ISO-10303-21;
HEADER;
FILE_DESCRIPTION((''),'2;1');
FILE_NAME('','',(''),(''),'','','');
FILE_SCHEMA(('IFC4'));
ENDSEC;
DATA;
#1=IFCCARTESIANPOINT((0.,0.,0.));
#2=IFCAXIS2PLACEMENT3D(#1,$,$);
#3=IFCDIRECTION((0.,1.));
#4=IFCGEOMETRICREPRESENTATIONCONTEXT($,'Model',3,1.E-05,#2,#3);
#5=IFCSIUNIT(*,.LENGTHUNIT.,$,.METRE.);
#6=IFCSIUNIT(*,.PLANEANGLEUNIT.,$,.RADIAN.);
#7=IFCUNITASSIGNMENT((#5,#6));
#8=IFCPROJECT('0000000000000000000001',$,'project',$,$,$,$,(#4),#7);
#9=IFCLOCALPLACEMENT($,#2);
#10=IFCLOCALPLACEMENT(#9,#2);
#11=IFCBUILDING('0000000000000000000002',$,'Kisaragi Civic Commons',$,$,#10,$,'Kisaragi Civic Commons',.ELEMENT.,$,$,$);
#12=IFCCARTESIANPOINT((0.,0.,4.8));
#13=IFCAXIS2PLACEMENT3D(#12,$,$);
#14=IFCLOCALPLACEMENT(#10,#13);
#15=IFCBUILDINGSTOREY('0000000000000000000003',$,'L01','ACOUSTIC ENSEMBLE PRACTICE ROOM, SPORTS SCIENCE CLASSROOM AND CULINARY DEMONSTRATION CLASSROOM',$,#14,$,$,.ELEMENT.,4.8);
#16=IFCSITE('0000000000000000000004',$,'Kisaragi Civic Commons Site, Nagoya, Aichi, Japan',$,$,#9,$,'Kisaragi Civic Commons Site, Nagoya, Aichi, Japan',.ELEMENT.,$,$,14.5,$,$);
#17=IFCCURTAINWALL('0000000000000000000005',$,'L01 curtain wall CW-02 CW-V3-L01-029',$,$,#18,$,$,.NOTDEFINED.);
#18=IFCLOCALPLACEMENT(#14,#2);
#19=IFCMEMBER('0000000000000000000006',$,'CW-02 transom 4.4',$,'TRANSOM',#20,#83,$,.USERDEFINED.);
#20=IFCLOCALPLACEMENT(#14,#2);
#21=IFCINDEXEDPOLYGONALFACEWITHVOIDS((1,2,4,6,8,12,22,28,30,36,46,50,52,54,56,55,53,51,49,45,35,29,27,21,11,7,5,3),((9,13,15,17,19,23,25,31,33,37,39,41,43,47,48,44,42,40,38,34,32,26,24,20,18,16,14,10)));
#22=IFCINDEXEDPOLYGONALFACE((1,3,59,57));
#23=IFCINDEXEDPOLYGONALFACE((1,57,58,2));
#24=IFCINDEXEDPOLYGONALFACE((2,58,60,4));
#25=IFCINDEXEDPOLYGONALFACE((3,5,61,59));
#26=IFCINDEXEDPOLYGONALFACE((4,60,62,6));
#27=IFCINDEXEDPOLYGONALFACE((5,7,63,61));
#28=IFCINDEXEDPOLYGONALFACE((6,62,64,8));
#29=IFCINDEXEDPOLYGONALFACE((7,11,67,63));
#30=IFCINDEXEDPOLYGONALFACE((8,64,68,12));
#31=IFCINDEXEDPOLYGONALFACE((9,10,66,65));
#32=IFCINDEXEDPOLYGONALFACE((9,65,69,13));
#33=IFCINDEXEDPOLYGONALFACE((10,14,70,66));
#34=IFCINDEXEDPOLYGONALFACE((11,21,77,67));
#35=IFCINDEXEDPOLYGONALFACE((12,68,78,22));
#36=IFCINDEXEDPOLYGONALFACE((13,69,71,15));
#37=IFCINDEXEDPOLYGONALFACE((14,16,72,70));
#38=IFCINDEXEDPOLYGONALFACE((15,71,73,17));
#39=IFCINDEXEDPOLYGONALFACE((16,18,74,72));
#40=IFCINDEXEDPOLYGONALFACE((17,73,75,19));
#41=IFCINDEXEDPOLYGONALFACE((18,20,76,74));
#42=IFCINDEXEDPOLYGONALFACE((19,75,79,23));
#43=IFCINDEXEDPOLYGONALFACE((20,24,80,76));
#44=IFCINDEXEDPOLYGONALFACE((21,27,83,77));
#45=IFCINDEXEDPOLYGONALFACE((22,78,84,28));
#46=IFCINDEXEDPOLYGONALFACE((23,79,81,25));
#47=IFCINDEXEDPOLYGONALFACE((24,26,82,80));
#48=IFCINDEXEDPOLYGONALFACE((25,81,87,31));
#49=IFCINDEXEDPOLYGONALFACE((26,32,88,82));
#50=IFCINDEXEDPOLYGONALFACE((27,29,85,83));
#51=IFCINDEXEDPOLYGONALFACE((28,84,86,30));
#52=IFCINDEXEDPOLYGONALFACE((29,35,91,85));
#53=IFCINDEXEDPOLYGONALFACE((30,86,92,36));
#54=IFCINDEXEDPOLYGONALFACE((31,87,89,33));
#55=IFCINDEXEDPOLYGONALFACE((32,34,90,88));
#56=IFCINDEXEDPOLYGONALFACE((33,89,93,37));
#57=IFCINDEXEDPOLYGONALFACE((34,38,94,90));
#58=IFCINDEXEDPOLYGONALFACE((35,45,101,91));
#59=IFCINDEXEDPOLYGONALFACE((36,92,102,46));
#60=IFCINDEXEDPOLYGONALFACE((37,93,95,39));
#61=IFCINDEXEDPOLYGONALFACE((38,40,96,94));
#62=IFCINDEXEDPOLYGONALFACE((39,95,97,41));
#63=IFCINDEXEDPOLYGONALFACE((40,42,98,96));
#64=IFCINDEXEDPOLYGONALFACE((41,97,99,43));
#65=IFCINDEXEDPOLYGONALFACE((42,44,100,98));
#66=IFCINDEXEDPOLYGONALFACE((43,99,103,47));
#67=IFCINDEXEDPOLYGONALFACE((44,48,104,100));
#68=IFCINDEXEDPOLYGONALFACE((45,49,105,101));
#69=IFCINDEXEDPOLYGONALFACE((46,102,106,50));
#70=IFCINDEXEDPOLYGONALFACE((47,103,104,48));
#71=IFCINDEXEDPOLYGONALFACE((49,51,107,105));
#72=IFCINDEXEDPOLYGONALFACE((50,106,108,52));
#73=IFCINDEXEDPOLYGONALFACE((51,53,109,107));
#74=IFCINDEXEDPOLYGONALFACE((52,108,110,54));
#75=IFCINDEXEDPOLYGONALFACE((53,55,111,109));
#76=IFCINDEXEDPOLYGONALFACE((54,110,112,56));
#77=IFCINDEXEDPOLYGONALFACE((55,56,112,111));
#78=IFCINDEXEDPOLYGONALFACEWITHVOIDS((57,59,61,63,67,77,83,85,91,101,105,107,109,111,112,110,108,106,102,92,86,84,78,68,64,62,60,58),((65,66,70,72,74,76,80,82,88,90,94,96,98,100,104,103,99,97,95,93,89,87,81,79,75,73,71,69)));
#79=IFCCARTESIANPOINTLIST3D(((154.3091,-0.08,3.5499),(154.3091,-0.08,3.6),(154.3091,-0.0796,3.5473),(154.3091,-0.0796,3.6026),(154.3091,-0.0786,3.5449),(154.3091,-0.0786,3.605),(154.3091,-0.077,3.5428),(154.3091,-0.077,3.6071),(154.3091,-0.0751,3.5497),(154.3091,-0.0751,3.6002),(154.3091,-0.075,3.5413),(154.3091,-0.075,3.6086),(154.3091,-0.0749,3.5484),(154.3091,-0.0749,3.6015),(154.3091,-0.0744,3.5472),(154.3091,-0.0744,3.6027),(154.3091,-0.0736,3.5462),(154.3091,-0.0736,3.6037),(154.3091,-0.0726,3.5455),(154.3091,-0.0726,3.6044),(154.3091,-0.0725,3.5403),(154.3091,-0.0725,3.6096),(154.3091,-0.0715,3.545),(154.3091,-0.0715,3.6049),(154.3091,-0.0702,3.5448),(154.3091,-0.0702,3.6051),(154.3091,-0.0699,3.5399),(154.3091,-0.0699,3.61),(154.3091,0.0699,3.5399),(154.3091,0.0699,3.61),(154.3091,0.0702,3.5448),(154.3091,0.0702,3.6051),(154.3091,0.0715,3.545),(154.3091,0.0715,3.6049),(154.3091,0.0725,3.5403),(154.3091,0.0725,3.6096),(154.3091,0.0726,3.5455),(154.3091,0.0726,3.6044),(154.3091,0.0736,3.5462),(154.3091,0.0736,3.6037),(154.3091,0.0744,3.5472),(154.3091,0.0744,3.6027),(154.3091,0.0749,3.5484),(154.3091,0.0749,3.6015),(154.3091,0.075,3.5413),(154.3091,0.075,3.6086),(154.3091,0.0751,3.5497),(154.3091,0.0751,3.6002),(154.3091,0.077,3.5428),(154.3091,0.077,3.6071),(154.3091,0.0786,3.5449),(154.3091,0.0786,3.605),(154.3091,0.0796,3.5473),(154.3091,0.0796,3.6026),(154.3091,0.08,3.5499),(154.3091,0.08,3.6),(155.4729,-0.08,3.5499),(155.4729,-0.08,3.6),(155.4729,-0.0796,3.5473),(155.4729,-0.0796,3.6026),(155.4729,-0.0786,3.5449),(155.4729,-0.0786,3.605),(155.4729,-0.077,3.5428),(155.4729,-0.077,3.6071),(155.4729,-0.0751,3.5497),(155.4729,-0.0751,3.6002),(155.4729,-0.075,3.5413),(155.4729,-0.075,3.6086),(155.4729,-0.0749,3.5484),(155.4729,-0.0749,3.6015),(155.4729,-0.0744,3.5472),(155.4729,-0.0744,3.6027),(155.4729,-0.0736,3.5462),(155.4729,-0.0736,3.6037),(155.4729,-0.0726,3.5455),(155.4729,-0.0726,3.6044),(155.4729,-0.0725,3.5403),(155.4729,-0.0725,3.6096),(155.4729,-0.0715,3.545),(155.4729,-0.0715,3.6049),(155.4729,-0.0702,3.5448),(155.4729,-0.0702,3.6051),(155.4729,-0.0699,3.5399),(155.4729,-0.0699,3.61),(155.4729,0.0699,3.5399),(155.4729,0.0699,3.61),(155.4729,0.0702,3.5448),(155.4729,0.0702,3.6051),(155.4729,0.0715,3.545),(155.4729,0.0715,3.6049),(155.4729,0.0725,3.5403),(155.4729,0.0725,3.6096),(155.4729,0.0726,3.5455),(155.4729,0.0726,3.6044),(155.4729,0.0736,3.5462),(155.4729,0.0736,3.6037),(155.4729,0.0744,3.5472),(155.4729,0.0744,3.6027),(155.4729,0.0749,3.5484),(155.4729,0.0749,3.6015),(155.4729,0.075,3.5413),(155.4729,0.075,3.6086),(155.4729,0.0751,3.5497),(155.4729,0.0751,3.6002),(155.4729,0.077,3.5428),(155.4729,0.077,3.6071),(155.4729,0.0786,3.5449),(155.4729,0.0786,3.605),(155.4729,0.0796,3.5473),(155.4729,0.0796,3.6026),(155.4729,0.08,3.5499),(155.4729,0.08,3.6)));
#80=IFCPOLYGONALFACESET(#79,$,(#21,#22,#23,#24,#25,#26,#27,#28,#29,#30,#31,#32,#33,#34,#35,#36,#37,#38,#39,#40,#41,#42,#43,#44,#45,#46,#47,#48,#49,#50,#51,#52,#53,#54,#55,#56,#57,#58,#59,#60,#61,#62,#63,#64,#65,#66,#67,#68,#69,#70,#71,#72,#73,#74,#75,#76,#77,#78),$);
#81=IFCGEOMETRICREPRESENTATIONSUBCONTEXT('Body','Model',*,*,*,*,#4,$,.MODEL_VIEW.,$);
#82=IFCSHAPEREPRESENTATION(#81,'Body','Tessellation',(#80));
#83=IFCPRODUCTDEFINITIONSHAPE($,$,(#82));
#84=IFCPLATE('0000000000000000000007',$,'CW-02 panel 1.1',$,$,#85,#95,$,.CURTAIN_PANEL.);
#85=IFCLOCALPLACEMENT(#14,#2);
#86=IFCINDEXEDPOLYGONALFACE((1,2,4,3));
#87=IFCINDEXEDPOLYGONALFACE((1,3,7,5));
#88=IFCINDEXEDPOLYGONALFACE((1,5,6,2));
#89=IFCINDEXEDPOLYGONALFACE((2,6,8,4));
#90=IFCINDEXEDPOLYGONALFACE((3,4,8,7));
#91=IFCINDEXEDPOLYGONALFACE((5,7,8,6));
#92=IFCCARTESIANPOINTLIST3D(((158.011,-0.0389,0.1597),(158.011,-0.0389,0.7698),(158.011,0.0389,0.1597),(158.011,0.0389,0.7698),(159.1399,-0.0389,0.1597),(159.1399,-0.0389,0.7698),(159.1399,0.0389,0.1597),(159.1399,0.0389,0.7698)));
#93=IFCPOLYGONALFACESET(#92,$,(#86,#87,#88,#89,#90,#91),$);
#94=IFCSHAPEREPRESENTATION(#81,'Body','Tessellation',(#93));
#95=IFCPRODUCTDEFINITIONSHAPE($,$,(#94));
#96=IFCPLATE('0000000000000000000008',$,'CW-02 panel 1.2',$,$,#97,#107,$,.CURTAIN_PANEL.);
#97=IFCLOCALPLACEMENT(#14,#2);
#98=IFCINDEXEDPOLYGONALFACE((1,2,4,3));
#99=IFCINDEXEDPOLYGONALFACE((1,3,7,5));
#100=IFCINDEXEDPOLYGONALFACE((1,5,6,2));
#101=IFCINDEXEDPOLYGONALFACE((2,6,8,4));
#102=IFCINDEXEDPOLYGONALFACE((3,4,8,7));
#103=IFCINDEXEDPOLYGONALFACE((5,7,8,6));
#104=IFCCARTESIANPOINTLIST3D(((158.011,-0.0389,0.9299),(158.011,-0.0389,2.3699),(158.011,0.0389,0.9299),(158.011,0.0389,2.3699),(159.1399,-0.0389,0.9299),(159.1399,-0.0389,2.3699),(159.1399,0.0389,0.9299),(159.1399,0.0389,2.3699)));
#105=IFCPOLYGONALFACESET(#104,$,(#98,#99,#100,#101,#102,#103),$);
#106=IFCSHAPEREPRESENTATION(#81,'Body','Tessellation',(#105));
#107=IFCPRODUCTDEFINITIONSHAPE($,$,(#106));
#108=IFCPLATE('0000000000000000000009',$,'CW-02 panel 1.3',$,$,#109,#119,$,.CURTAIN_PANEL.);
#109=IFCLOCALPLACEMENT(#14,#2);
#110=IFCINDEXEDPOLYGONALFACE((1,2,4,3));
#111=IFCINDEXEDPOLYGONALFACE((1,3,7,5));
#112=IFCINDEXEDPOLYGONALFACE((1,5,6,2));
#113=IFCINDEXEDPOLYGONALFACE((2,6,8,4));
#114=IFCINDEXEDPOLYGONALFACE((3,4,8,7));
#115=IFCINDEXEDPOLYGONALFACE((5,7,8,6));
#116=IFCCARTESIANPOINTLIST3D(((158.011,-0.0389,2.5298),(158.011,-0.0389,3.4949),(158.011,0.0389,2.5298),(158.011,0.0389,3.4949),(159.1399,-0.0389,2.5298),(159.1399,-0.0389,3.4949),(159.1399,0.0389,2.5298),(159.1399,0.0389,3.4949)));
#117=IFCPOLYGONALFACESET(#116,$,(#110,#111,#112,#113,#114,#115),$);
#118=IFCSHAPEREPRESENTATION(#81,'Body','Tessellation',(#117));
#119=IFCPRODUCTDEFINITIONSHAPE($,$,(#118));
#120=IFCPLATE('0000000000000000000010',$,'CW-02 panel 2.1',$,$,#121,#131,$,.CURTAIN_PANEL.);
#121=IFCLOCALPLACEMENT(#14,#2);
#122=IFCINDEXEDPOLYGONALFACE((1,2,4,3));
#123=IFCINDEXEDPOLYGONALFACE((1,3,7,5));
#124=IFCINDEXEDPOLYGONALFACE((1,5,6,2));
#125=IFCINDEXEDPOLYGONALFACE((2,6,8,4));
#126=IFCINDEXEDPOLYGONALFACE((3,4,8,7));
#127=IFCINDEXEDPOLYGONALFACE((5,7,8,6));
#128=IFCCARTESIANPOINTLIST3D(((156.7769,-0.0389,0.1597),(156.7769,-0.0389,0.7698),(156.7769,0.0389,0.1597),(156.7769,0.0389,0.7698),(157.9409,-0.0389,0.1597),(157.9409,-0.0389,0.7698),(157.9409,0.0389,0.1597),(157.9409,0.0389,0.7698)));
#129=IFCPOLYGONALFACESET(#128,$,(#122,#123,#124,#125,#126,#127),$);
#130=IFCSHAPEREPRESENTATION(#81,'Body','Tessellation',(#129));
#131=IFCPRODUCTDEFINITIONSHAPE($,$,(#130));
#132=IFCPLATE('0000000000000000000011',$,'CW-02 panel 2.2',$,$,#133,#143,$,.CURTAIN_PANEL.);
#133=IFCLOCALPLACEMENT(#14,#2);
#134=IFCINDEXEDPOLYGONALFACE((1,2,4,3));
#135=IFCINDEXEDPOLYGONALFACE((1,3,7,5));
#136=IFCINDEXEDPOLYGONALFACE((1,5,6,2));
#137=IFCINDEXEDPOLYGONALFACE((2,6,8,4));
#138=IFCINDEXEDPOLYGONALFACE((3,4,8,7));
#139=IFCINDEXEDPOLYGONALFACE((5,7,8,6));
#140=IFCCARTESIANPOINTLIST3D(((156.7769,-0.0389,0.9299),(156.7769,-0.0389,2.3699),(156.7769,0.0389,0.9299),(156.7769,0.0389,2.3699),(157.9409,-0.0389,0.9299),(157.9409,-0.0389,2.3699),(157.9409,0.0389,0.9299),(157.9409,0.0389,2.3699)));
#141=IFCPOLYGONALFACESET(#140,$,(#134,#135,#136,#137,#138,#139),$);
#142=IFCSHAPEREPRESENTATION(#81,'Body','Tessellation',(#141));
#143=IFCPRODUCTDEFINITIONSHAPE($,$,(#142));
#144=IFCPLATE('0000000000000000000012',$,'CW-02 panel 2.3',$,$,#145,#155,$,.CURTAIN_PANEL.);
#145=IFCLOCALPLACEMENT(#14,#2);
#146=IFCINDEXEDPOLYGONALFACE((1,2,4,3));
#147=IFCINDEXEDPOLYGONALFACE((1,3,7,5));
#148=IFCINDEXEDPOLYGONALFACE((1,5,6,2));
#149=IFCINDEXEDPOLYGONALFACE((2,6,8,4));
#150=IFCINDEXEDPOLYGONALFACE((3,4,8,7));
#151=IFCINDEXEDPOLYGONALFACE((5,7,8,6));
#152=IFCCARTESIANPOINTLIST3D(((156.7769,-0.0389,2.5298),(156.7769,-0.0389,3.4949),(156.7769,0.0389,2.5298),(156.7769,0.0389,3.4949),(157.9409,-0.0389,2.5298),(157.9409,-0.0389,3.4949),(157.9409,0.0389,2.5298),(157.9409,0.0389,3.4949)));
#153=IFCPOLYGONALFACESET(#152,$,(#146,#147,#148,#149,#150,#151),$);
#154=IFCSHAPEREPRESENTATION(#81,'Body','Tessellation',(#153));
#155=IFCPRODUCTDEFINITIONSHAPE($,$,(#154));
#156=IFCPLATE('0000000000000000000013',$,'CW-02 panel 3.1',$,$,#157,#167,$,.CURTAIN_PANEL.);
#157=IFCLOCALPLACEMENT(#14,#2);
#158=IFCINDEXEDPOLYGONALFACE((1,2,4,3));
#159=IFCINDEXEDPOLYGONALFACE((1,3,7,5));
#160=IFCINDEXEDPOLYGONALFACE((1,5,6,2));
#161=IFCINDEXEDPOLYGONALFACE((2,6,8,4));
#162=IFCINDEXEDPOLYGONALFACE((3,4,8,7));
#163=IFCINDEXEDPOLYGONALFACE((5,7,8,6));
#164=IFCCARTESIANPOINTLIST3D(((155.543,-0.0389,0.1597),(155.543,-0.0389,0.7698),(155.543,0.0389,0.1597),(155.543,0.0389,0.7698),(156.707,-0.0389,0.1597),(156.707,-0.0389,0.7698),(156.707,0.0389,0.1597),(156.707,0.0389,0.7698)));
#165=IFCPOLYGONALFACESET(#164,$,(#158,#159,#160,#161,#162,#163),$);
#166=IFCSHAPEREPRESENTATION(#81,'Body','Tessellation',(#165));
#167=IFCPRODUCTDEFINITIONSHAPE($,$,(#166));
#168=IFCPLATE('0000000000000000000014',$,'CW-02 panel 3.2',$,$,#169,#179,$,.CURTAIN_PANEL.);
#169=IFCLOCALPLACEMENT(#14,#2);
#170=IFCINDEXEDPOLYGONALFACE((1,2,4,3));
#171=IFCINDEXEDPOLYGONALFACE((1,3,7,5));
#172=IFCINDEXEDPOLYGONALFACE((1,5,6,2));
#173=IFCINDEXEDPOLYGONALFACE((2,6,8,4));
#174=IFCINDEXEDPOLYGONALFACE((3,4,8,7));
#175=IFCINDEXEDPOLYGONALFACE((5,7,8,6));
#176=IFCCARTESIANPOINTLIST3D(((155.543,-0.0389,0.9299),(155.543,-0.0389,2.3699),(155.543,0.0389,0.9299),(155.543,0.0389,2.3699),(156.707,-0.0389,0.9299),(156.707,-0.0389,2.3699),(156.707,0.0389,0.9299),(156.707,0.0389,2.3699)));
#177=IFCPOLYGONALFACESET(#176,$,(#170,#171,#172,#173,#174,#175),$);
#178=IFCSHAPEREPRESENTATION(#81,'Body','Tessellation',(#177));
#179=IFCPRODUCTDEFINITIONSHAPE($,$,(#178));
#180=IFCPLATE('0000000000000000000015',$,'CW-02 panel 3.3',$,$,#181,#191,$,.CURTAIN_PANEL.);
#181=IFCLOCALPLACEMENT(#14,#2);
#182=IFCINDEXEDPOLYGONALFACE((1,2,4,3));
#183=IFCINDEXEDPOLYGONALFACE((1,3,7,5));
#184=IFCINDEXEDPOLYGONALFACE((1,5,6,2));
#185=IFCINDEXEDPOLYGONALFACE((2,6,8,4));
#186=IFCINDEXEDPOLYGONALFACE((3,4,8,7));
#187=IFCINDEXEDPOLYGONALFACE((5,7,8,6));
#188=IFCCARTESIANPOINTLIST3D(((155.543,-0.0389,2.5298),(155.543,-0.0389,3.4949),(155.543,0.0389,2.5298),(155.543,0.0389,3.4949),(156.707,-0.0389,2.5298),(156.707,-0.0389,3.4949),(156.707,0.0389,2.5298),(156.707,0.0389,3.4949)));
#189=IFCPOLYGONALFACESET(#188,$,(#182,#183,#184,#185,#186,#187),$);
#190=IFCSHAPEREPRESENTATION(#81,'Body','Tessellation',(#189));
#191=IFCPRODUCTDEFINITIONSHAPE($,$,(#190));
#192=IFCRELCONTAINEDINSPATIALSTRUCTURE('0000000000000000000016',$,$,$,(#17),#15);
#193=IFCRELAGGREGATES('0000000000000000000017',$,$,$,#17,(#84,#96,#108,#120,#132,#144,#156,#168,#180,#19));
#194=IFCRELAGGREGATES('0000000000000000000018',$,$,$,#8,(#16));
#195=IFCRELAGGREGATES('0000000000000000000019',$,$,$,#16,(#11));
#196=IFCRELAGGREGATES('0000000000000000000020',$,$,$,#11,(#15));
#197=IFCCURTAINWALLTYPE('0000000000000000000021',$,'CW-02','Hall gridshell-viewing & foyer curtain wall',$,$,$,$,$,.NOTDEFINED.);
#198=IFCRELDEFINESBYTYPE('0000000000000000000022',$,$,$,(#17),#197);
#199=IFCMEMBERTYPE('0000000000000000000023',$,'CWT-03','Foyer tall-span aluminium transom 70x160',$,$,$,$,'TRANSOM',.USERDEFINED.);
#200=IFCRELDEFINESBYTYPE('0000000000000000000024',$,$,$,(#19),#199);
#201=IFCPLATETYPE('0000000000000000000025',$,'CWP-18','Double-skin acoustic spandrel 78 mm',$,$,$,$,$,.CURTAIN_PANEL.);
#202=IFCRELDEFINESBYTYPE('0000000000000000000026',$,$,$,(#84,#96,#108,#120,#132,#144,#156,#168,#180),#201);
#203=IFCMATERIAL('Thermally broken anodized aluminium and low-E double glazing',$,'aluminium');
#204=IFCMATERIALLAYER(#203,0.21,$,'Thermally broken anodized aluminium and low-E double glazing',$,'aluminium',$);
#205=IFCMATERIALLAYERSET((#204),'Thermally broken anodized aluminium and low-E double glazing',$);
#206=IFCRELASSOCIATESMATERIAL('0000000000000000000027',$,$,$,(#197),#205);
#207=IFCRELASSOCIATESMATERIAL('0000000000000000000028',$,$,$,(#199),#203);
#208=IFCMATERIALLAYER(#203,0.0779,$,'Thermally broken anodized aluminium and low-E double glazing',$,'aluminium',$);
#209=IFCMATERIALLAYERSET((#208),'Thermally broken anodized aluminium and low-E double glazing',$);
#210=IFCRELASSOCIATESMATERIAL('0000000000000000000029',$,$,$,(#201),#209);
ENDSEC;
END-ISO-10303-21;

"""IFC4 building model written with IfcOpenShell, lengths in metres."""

from ifc_helpers import new_model, si_unit, direction, frame, origin, origin_2d, place, context, subcontext, project, spatial, rectangle, hollow_rectangle, extrude, material, layer, layer_set, material_profile, profile_set, type_object, element, aggregate, save


model = new_model("IFC4")

# Units and contexts
model_context = context("Model", 3, precision=1e-05, world=origin(), true_north=direction((0.0, 1.0)))
body_context = subcontext(model_context, "Body", "Model", "MODEL_VIEW")
ifc_project = project(units=[si_unit("LENGTHUNIT", "METRE"), si_unit("PLANEANGLEUNIT", "RADIAN")], contexts=[model_context])

# Site, building, storey
site_placement = place(None, origin())
site = spatial("IfcSite", under=ifc_project, at=site_placement, Name="Kisaragi Civic Commons Site, Nagoya, Aichi, Japan", LongName="Kisaragi Civic Commons Site, Nagoya, Aichi, Japan", CompositionType="ELEMENT", RefElevation=14.5)
building_placement = place(site_placement, origin())
building = spatial("IfcBuilding", under=site, at=building_placement, Name="Kisaragi Civic Commons", LongName="Kisaragi Civic Commons", CompositionType="ELEMENT")
storey_placement = place(building_placement, frame((0.0, 0.0, 4.8)))
storey = spatial("IfcBuildingStorey", under=building, at=storey_placement, Name="L01", Description="ACOUSTIC ENSEMBLE PRACTICE ROOM, SPORTS SCIENCE CLASSROOM AND CULINARY DEMONSTRATION CLASSROOM", CompositionType="ELEMENT", Elevation=4.8)

# Curtain wall, member, plates
ifc_material = material(Name="Thermally broken anodized aluminium and low-E double glazing", Category="aluminium")
ifc_layer_1 = layer(ifc_material, 0.21, Name="Thermally broken anodized aluminium and low-E double glazing", Category="aluminium")
ifc_layer_set_1 = layer_set([ifc_layer_1], Name="Thermally broken anodized aluminium and low-E double glazing")
curtain_wall_type = type_object("IfcCurtainWallType", Name="CW-02", Description="Hall gridshell-viewing & foyer curtain wall", PredefinedType="NOTDEFINED", material=ifc_layer_set_1)
curtain_wall_placement = place(storey_placement, origin())
curtain_wall = element("IfcCurtainWall", 1, at=curtain_wall_placement, inside=storey, type_object=curtain_wall_type, Name="L01 curtain wall CW-02 CW-V3-L01-029", PredefinedType="NOTDEFINED")
ifc_material_profile_1 = material_profile(ifc_material, hollow_rectangle(XDim=0.1599, YDim=0.0701, WallThickness=0.0049, InnerFilletRadius=0.0049, OuterFilletRadius=0.01, at=origin_2d()), Name="CWT-70x160x5", Category="aluminium")
ifc_profile_set_1 = profile_set([ifc_material_profile_1], Name="Thermally broken anodized aluminium and low-E double glazing")
member_type_1 = type_object("IfcMemberType", Name="CWT-03", Description="Foyer tall-span aluminium transom 70x160", ElementType="TRANSOM", PredefinedType="USERDEFINED", material=ifc_profile_set_1)
member_1_placement = place(storey_placement, frame((155.4729, 0.0, 3.575), z_axis=(-1.0, 0.0, 0.0), x_axis=(0.0, -1.0, 0.0)))
member_1 = element("IfcMember", 2, at=member_1_placement, type_object=member_type_1, Name="CW-02 transom 4.4", ObjectType="TRANSOM", PredefinedType="USERDEFINED", context=body_context, shape_type="SweptSolid", body=[
    extrude(hollow_rectangle(XDim=0.1599, YDim=0.0701, WallThickness=0.0049, InnerFilletRadius=0.0049, OuterFilletRadius=0.01, at=origin_2d()), origin(), (0.0, 0.0, 1.0), 1.1638),
])
ifc_layer_2 = layer(ifc_material, 0.0779, Name="Thermally broken anodized aluminium and low-E double glazing", Category="aluminium")
ifc_layer_set_2 = layer_set([ifc_layer_2], Name="Thermally broken anodized aluminium and low-E double glazing")
plate_type = type_object("IfcPlateType", Name="CWP-18", Description="Double-skin acoustic spandrel 78 mm", PredefinedType="CURTAIN_PANEL", material=ifc_layer_set_2)
plate_1_placement = place(storey_placement, frame((158.5754, 0.0, 0.1597), z_axis=(0.0, 0.0, 1.0), x_axis=(-1.0, 0.0, 0.0)))
plate_1 = element("IfcPlate", 3, at=plate_1_placement, type_object=plate_type, Name="CW-02 panel 1.1", PredefinedType="CURTAIN_PANEL", context=body_context, shape_type="SweptSolid", body=[
    extrude(rectangle(XDim=1.1289, YDim=0.0779, at=origin_2d()), origin(), (0.0, 0.0, 1.0), 0.6101),
])
plate_2_placement = place(storey_placement, frame((158.5754, 0.0, 0.9299), z_axis=(0.0, 0.0, 1.0), x_axis=(-1.0, 0.0, 0.0)))
plate_2 = element("IfcPlate", 4, at=plate_2_placement, type_object=plate_type, Name="CW-02 panel 1.2", PredefinedType="CURTAIN_PANEL", context=body_context, shape_type="SweptSolid", body=[
    extrude(rectangle(XDim=1.1289, YDim=0.0779, at=origin_2d()), origin(), (0.0, 0.0, 1.0), 1.4399),
])
plate_3_placement = place(storey_placement, frame((158.5754, 0.0, 2.5298), z_axis=(0.0, 0.0, 1.0), x_axis=(-1.0, 0.0, 0.0)))
plate_3 = element("IfcPlate", 5, at=plate_3_placement, type_object=plate_type, Name="CW-02 panel 1.3", PredefinedType="CURTAIN_PANEL", context=body_context, shape_type="SweptSolid", body=[
    extrude(rectangle(XDim=1.1289, YDim=0.0779, at=origin_2d()), origin(), (0.0, 0.0, 1.0), 0.9651),
])
plate_4_placement = place(storey_placement, frame((157.3589, 0.0, 0.1597), z_axis=(0.0, 0.0, 1.0), x_axis=(-1.0, 0.0, 0.0)))
plate_4 = element("IfcPlate", 6, at=plate_4_placement, type_object=plate_type, Name="CW-02 panel 2.1", PredefinedType="CURTAIN_PANEL", context=body_context, shape_type="SweptSolid", body=[
    extrude(rectangle(XDim=1.1641, YDim=0.0779, at=origin_2d()), origin(), (0.0, 0.0, 1.0), 0.6101),
])
plate_5_placement = place(storey_placement, frame((157.3589, 0.0, 0.9299), z_axis=(0.0, 0.0, 1.0), x_axis=(-1.0, 0.0, 0.0)))
plate_5 = element("IfcPlate", 7, at=plate_5_placement, type_object=plate_type, Name="CW-02 panel 2.2", PredefinedType="CURTAIN_PANEL", context=body_context, shape_type="SweptSolid", body=[
    extrude(rectangle(XDim=1.1641, YDim=0.0779, at=origin_2d()), origin(), (0.0, 0.0, 1.0), 1.4399),
])
plate_6_placement = place(storey_placement, frame((157.3589, 0.0, 2.5298), z_axis=(0.0, 0.0, 1.0), x_axis=(-1.0, 0.0, 0.0)))
plate_6 = element("IfcPlate", 8, at=plate_6_placement, type_object=plate_type, Name="CW-02 panel 2.3", PredefinedType="CURTAIN_PANEL", context=body_context, shape_type="SweptSolid", body=[
    extrude(rectangle(XDim=1.1641, YDim=0.0779, at=origin_2d()), origin(), (0.0, 0.0, 1.0), 0.9651),
])
plate_7_placement = place(storey_placement, frame((156.125, 0.0, 0.1597), z_axis=(0.0, 0.0, 1.0), x_axis=(-1.0, 0.0, 0.0)))
plate_7 = element("IfcPlate", 9, at=plate_7_placement, type_object=plate_type, Name="CW-02 panel 3.1", PredefinedType="CURTAIN_PANEL", context=body_context, shape_type="SweptSolid", body=[
    extrude(rectangle(XDim=1.1641, YDim=0.0779, at=origin_2d()), origin(), (0.0, 0.0, 1.0), 0.6101),
])
plate_8_placement = place(storey_placement, frame((156.125, 0.0, 0.9299), z_axis=(0.0, 0.0, 1.0), x_axis=(-1.0, 0.0, 0.0)))
plate_8 = element("IfcPlate", 10, at=plate_8_placement, type_object=plate_type, Name="CW-02 panel 3.2", PredefinedType="CURTAIN_PANEL", context=body_context, shape_type="SweptSolid", body=[
    extrude(rectangle(XDim=1.1641, YDim=0.0779, at=origin_2d()), origin(), (0.0, 0.0, 1.0), 1.4399),
])
plate_9_placement = place(storey_placement, frame((156.125, 0.0, 2.5298), z_axis=(0.0, 0.0, 1.0), x_axis=(-1.0, 0.0, 0.0)))
plate_9 = element("IfcPlate", 11, at=plate_9_placement, type_object=plate_type, Name="CW-02 panel 3.3", PredefinedType="CURTAIN_PANEL", context=body_context, shape_type="SweptSolid", body=[
    extrude(rectangle(XDim=1.1641, YDim=0.0779, at=origin_2d()), origin(), (0.0, 0.0, 1.0), 0.9651),
])
aggregate(curtain_wall, [plate_1, plate_2, plate_3, plate_4, plate_5, plate_6, plate_7, plate_8, plate_9, member_1])

save(model, "model.ifc")
